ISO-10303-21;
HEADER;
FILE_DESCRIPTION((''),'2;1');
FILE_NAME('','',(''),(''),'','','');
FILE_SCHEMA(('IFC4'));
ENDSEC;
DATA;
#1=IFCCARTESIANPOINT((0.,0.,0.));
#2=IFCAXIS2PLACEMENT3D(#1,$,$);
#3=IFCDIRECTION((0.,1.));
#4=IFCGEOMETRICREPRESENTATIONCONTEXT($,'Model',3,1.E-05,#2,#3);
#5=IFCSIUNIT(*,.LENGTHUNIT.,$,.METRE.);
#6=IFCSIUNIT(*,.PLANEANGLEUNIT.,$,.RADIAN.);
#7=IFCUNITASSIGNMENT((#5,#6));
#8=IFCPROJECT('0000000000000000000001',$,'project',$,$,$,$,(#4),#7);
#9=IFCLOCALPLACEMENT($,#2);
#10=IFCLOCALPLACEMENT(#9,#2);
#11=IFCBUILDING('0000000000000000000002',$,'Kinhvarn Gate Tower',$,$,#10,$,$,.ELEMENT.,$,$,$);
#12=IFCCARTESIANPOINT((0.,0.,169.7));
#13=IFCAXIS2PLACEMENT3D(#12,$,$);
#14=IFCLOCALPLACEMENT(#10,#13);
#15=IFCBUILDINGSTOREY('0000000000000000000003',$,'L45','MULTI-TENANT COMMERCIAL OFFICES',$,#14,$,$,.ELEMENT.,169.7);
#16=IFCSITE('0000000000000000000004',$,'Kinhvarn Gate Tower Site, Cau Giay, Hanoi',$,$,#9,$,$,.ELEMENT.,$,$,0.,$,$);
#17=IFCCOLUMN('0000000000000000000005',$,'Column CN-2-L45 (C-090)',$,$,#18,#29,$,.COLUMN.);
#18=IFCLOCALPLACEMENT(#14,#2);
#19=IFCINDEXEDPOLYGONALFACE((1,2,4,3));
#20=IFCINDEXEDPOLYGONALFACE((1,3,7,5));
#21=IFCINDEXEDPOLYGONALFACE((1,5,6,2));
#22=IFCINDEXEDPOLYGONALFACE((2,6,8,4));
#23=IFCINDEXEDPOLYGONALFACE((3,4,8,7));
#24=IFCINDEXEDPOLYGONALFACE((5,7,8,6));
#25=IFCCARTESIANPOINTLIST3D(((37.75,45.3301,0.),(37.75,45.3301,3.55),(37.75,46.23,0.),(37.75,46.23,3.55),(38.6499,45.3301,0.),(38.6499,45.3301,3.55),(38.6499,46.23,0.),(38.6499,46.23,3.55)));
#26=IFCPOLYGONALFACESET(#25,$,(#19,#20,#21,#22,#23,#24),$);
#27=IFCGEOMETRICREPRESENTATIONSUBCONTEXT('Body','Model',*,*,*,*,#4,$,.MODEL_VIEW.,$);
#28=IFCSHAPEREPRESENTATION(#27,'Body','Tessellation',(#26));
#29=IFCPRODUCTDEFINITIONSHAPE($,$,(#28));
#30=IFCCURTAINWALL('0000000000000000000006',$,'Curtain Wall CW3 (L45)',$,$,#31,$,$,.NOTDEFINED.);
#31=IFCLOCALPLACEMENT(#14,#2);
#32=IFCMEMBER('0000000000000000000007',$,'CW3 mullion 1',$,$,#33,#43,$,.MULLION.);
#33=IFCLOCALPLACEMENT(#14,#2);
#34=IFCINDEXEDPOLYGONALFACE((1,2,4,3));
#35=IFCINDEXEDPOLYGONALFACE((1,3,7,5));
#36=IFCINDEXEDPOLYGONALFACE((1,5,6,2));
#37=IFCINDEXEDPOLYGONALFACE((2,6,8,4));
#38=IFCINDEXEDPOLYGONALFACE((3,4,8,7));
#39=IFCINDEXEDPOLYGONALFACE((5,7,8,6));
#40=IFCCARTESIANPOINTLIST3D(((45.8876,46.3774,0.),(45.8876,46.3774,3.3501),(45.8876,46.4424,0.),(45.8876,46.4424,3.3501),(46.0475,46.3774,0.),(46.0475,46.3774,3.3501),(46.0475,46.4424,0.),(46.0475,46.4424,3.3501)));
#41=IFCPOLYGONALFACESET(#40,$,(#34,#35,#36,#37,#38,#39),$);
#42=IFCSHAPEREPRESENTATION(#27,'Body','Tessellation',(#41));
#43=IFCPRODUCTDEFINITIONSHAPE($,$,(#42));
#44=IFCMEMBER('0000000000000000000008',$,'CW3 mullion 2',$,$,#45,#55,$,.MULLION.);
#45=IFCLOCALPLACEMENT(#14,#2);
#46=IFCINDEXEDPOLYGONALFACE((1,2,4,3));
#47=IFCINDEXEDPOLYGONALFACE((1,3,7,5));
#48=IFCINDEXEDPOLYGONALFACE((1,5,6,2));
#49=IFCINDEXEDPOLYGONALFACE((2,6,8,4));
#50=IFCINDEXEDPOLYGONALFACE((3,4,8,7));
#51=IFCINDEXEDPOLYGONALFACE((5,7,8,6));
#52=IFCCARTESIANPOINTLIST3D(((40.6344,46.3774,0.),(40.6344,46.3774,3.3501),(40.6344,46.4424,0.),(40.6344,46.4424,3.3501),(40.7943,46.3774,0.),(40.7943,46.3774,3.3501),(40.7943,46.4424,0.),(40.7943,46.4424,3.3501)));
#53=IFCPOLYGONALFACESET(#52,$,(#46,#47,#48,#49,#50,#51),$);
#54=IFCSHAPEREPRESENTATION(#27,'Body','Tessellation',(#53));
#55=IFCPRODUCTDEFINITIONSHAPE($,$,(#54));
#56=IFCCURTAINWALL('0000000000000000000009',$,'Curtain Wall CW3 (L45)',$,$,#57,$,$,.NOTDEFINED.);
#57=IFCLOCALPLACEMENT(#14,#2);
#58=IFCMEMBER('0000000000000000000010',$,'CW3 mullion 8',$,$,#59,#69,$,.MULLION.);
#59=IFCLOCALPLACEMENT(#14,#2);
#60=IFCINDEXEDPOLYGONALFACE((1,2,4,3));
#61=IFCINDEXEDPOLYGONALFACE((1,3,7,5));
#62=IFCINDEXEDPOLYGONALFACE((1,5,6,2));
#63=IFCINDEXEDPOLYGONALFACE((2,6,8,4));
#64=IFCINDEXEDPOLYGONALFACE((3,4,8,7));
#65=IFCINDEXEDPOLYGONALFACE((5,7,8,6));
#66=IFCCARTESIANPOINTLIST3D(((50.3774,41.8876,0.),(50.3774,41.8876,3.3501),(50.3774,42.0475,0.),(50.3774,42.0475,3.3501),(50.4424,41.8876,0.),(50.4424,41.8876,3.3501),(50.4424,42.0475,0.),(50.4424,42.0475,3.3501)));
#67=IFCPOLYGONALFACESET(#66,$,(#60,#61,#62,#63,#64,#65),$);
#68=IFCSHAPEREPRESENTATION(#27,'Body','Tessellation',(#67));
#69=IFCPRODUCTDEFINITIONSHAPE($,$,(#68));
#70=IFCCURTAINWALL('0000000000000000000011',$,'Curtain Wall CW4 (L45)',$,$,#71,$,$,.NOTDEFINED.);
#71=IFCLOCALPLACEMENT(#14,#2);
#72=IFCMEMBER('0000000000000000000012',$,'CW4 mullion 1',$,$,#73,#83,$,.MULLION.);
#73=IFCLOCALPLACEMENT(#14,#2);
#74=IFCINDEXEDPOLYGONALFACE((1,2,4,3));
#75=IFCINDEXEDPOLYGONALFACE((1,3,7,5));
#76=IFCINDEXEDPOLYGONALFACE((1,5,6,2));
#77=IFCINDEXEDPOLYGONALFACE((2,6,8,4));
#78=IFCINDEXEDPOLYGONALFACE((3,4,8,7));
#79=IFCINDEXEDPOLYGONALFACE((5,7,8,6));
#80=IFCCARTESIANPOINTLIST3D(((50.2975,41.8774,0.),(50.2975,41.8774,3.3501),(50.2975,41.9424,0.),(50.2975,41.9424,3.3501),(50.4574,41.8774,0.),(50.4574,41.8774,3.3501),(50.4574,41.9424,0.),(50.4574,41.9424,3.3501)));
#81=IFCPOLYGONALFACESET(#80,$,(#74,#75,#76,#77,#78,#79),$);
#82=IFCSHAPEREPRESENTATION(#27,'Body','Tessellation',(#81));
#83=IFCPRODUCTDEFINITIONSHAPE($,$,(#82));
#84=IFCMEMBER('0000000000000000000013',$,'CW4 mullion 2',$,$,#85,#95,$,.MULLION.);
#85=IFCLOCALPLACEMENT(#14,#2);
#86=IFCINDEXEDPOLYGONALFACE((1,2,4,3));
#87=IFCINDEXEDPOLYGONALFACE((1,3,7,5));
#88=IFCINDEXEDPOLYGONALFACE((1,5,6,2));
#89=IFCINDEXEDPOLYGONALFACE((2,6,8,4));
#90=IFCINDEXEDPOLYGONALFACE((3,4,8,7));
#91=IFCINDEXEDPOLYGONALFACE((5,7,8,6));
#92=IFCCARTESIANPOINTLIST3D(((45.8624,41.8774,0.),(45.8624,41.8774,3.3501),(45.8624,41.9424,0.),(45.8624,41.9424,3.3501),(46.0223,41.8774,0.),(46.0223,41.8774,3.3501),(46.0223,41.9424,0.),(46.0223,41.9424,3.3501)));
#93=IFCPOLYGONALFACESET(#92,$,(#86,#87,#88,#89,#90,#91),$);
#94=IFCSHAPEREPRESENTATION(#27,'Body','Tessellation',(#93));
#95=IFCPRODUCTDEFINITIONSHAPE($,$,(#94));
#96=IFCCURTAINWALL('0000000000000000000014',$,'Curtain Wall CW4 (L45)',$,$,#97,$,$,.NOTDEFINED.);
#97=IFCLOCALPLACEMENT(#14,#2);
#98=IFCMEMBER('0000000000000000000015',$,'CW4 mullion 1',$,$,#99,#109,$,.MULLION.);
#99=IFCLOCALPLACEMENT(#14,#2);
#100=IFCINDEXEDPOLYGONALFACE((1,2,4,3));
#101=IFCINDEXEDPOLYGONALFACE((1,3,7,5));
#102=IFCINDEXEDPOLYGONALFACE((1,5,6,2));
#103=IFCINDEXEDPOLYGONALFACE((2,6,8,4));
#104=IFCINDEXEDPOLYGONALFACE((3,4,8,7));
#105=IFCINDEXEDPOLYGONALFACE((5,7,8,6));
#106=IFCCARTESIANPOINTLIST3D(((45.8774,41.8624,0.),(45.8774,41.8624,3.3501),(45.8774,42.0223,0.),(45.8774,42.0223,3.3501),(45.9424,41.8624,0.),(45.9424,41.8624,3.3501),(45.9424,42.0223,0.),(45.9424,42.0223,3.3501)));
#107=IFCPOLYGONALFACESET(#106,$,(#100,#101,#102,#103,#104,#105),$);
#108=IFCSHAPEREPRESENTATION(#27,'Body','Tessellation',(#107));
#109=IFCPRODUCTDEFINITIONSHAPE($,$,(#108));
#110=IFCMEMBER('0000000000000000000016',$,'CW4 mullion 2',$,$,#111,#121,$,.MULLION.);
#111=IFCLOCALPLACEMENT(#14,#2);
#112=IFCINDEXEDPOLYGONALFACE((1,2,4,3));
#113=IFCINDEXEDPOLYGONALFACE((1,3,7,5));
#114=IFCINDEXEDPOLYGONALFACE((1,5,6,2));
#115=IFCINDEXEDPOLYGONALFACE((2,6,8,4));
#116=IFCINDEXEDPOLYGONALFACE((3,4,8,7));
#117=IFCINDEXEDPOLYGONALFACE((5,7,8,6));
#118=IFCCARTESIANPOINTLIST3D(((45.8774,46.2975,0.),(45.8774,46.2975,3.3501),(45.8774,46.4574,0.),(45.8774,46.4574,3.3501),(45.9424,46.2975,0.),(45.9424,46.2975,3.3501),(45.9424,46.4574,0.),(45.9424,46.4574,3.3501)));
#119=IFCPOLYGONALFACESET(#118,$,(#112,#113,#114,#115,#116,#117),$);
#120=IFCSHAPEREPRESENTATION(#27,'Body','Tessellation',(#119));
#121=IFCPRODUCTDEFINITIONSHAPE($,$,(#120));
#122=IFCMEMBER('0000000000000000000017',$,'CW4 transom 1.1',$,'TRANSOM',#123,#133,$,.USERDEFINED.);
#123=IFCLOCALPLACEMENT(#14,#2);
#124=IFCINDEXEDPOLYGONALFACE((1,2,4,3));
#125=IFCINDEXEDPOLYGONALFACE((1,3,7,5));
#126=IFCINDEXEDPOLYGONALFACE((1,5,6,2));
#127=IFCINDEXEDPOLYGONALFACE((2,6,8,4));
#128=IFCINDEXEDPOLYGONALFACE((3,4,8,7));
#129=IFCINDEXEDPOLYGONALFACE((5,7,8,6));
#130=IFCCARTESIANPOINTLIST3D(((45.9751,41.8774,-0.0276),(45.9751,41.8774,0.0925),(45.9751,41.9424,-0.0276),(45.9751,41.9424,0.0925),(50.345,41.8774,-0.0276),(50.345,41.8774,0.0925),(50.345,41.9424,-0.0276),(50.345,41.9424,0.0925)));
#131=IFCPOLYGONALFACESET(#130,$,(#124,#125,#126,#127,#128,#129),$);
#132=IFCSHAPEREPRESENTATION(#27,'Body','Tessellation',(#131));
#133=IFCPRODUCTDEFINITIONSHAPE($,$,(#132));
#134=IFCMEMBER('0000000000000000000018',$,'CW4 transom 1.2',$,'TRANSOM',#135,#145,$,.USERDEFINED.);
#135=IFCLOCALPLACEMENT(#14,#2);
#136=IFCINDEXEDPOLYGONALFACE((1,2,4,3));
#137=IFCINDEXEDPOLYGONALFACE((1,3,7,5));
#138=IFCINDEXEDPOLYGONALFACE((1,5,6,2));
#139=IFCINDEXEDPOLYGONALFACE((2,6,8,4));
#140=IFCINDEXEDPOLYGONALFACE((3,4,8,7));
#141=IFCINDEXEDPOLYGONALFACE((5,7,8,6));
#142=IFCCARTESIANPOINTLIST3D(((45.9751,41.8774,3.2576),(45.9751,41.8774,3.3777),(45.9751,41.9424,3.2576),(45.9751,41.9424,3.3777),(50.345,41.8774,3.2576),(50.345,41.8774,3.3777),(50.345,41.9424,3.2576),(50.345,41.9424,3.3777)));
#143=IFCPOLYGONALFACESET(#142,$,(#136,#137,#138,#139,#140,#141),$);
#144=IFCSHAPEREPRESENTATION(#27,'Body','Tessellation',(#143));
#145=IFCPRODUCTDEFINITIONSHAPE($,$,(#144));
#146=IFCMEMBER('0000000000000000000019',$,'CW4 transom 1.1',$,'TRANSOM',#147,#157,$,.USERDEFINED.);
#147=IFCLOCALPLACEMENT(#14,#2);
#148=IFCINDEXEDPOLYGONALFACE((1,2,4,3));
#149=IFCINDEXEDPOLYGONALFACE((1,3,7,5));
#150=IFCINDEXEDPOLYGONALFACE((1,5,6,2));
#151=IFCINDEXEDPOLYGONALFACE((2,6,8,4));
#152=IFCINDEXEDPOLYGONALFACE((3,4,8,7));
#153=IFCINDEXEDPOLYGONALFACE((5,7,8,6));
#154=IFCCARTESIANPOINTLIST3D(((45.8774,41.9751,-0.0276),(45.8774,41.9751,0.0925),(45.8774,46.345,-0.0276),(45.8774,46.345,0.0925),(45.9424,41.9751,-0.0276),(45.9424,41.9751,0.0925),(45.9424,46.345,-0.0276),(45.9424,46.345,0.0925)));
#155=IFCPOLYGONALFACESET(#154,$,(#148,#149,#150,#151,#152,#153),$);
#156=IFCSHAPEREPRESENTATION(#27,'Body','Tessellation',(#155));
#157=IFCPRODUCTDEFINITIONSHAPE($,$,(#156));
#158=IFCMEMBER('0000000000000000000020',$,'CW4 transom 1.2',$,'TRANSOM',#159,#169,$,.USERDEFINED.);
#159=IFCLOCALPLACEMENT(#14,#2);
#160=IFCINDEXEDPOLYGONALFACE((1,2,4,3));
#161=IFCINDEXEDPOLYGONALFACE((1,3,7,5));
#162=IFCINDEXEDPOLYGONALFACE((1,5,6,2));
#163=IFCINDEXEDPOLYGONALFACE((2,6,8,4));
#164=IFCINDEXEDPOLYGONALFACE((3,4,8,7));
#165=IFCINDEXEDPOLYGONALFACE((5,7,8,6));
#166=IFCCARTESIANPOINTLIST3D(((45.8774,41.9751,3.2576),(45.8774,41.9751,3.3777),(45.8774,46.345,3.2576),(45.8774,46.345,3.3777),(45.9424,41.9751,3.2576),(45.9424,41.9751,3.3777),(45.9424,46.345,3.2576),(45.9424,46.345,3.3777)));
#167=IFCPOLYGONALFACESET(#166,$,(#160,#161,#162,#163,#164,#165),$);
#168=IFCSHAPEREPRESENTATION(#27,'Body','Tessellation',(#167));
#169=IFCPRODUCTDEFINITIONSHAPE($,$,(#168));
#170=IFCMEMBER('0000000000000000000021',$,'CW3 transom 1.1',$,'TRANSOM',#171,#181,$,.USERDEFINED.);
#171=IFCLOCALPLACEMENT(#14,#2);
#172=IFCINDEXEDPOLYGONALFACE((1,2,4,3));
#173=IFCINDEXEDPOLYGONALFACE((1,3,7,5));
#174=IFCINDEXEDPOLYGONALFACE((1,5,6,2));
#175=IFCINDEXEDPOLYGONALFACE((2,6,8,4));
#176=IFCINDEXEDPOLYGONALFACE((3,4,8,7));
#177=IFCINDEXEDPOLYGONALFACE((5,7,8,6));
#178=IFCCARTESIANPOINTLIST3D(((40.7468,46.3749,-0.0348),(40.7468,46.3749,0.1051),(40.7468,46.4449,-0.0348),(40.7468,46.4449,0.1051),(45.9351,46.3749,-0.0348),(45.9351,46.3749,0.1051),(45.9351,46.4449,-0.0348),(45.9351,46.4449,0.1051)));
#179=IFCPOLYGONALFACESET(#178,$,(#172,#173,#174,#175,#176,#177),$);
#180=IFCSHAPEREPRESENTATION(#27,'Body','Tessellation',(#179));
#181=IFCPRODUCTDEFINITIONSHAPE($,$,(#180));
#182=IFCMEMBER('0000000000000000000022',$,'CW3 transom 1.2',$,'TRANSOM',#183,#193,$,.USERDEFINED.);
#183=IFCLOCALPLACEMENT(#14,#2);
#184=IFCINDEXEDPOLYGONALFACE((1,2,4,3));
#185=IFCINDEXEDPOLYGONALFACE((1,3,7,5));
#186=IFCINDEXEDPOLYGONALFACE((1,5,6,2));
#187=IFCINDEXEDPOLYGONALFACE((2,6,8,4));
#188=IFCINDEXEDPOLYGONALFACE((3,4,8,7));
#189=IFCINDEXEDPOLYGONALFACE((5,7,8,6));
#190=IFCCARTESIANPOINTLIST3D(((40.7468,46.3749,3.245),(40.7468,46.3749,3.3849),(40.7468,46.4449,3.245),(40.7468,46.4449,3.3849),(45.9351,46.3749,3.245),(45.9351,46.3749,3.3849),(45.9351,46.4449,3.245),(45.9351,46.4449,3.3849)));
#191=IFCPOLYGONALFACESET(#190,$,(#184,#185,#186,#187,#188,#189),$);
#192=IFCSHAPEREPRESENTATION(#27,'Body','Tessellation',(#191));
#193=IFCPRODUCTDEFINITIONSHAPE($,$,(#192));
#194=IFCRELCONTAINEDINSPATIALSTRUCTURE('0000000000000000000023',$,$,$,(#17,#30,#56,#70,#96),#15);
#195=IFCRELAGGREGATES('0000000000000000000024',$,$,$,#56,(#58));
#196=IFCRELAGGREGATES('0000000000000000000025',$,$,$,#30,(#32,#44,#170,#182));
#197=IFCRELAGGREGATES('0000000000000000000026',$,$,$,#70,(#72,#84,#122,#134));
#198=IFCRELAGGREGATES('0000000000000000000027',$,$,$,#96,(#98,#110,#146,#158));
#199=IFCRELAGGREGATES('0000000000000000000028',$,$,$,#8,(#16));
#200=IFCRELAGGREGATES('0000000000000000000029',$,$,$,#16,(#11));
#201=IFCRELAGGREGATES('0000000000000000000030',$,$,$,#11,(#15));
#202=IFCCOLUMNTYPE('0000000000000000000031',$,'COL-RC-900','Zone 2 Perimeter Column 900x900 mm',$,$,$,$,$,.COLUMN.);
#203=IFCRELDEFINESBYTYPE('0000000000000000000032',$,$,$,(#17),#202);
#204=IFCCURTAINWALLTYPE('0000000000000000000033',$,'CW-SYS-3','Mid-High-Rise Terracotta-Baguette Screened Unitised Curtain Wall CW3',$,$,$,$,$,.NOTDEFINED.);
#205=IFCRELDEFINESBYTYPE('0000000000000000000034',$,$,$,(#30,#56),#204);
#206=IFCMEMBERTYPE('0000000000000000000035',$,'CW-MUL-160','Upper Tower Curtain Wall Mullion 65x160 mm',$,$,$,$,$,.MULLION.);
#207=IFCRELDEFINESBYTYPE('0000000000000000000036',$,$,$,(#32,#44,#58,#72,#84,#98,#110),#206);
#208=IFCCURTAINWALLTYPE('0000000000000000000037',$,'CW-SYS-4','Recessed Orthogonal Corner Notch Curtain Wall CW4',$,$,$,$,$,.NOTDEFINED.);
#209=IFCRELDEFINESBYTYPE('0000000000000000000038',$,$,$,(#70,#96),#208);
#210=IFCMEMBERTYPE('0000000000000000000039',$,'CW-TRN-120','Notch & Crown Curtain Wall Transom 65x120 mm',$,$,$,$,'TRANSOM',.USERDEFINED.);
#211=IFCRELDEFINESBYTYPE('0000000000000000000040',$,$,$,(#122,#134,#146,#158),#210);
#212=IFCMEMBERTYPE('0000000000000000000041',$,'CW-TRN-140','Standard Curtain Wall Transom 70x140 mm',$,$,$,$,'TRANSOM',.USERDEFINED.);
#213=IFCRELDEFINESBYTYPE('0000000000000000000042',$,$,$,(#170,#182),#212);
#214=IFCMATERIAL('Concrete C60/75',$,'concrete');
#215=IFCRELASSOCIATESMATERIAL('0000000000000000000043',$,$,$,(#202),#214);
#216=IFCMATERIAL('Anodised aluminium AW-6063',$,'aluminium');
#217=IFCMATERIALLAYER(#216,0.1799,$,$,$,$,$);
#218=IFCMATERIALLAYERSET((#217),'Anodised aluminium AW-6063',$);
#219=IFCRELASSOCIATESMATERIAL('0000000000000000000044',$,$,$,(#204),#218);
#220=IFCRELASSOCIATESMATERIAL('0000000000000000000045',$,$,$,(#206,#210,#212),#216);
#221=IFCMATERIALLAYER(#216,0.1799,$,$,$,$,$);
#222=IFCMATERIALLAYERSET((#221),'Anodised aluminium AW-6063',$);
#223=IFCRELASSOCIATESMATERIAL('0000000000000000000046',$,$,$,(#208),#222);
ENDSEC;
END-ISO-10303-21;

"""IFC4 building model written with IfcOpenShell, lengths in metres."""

from ifc_helpers import new_model, si_unit, direction, frame, origin, origin_2d, place, context, subcontext, project, spatial, rectangle, extrude, material, layer, layer_set, material_profile, profile_set, type_object, element, aggregate, save


model = new_model("IFC4")

# Units and contexts
model_context = context("Model", 3, precision=1e-05, world=origin(), true_north=direction((0.0, 1.0)))
body_context = subcontext(model_context, "Body", "Model", "MODEL_VIEW")
ifc_project = project(units=[si_unit("LENGTHUNIT", "METRE"), si_unit("PLANEANGLEUNIT", "RADIAN")], contexts=[model_context])

# Site, building, storey
site_placement = place(None, origin())
site = spatial("IfcSite", under=ifc_project, at=site_placement, Name="Kinhvarn Gate Tower Site, Cau Giay, Hanoi", CompositionType="ELEMENT", RefElevation=0.0)
building_placement = place(site_placement, origin())
building = spatial("IfcBuilding", under=site, at=building_placement, Name="Kinhvarn Gate Tower", CompositionType="ELEMENT")
storey_placement = place(building_placement, frame((0.0, 0.0, 169.7)))
storey = spatial("IfcBuildingStorey", under=building, at=storey_placement, Name="L45", Description="MULTI-TENANT COMMERCIAL OFFICES", CompositionType="ELEMENT", Elevation=169.7)

# Column
ifc_material_1 = material(Name="Concrete C60/75", Category="concrete")
ifc_material_profile_1 = material_profile(ifc_material_1, rectangle(XDim=0.8999, YDim=0.8999, at=origin_2d()), Name="RC 900x900")
ifc_profile_set_1 = profile_set([ifc_material_profile_1], Name="Concrete C60/75")
column_type = type_object("IfcColumnType", Name="COL-RC-900", Description="Zone 2 Perimeter Column 900x900 mm", PredefinedType="COLUMN", material=ifc_profile_set_1)
column_placement = place(storey_placement, frame((38.2, 45.78, 0.0), z_axis=(0.0, 0.0, 1.0), x_axis=(1.0, 0.0, 0.0)))
element("IfcColumn", 1, at=column_placement, inside=storey, type_object=column_type, Name="Column CN-2-L45 (C-090)", PredefinedType="COLUMN", context=body_context, shape_type="SweptSolid", body=[
    extrude(rectangle(XDim=0.8999, YDim=0.8999, at=origin_2d()), origin(), (0.0, 0.0, 1.0), 3.55),
])

# Curtain wall, members
ifc_material_2 = material(Name="Anodised aluminium AW-6063", Category="aluminium")
ifc_layer_1 = layer(ifc_material_2, 0.1799)
ifc_layer_set_1 = layer_set([ifc_layer_1], Name="Anodised aluminium AW-6063")
curtain_wall_type_1 = type_object("IfcCurtainWallType", Name="CW-SYS-3", Description="Mid-High-Rise Terracotta-Baguette Screened Unitised Curtain Wall CW3", PredefinedType="NOTDEFINED", material=ifc_layer_set_1)
curtain_wall_1_placement = place(storey_placement, origin())
curtain_wall_1 = element("IfcCurtainWall", 2, at=curtain_wall_1_placement, inside=storey, type_object=curtain_wall_type_1, Name="Curtain Wall CW3 (L45)", PredefinedType="NOTDEFINED")
ifc_material_profile_2 = material_profile(ifc_material_2, rectangle(XDim=0.0649, YDim=0.1599, at=origin_2d()), Name="ALU 65x160")
ifc_profile_set_2 = profile_set([ifc_material_profile_2], Name="Anodised aluminium AW-6063")
member_type_1 = type_object("IfcMemberType", Name="CW-MUL-160", Description="Upper Tower Curtain Wall Mullion 65x160 mm", PredefinedType="MULLION", material=ifc_profile_set_2)
member_1_placement = place(storey_placement, frame((45.9675, 46.4099, 0.0), z_axis=(0.0, 0.0, 1.0), x_axis=(0.0, -1.0, 0.0)))
member_1 = element("IfcMember", 3, at=member_1_placement, type_object=member_type_1, Name="CW3 mullion 1", PredefinedType="MULLION", context=body_context, shape_type="SweptSolid", body=[
    extrude(rectangle(XDim=0.0649, YDim=0.1599, at=origin_2d()), origin(), (0.0, 0.0, 1.0), 3.3501),
])
member_2_placement = place(storey_placement, frame((40.7144, 46.4099, 0.0), z_axis=(0.0, 0.0, 1.0), x_axis=(0.0, -1.0, 0.0)))
member_2 = element("IfcMember", 4, at=member_2_placement, type_object=member_type_1, Name="CW3 mullion 2", PredefinedType="MULLION", context=body_context, shape_type="SweptSolid", body=[
    extrude(rectangle(XDim=0.0649, YDim=0.1599, at=origin_2d()), origin(), (0.0, 0.0, 1.0), 3.3501),
])

# Curtain wall, member
curtain_wall_2_placement = place(storey_placement, origin())
curtain_wall_2 = element("IfcCurtainWall", 5, at=curtain_wall_2_placement, inside=storey, type_object=curtain_wall_type_1, Name="Curtain Wall CW3 (L45)", PredefinedType="NOTDEFINED")
member_3_placement = place(storey_placement, frame((50.4099, 41.9675, 0.0), z_axis=(0.0, 0.0, 1.0), x_axis=(-1.0, 0.0, 0.0)))
member_3 = element("IfcMember", 6, at=member_3_placement, type_object=member_type_1, Name="CW3 mullion 8", PredefinedType="MULLION", context=body_context, shape_type="SweptSolid", body=[
    extrude(rectangle(XDim=0.0649, YDim=0.1599, at=origin_2d()), origin(), (0.0, 0.0, 1.0), 3.3501),
])
aggregate(curtain_wall_2, [member_3])

# Curtain walls, members
ifc_layer_2 = layer(ifc_material_2, 0.1799)
ifc_layer_set_2 = layer_set([ifc_layer_2], Name="Anodised aluminium AW-6063")
curtain_wall_type_2 = type_object("IfcCurtainWallType", Name="CW-SYS-4", Description="Recessed Orthogonal Corner Notch Curtain Wall CW4", PredefinedType="NOTDEFINED", material=ifc_layer_set_2)
curtain_wall_3_placement = place(storey_placement, origin())
curtain_wall_3 = element("IfcCurtainWall", 7, at=curtain_wall_3_placement, inside=storey, type_object=curtain_wall_type_2, Name="Curtain Wall CW4 (L45)", PredefinedType="NOTDEFINED")
member_4_placement = place(storey_placement, frame((50.3774, 41.9099, 0.0), z_axis=(0.0, 0.0, 1.0), x_axis=(0.0, -1.0, 0.0)))
member_4 = element("IfcMember", 8, at=member_4_placement, type_object=member_type_1, Name="CW4 mullion 1", PredefinedType="MULLION", context=body_context, shape_type="SweptSolid", body=[
    extrude(rectangle(XDim=0.0649, YDim=0.1599, at=origin_2d()), origin(), (0.0, 0.0, 1.0), 3.3501),
])
member_5_placement = place(storey_placement, frame((45.9424, 41.9099, 0.0), z_axis=(0.0, 0.0, 1.0), x_axis=(0.0, -1.0, 0.0)))
member_5 = element("IfcMember", 9, at=member_5_placement, type_object=member_type_1, Name="CW4 mullion 2", PredefinedType="MULLION", context=body_context, shape_type="SweptSolid", body=[
    extrude(rectangle(XDim=0.0649, YDim=0.1599, at=origin_2d()), origin(), (0.0, 0.0, 1.0), 3.3501),
])
curtain_wall_4_placement = place(storey_placement, origin())
curtain_wall_4 = element("IfcCurtainWall", 10, at=curtain_wall_4_placement, inside=storey, type_object=curtain_wall_type_2, Name="Curtain Wall CW4 (L45)", PredefinedType="NOTDEFINED")
member_6_placement = place(storey_placement, frame((45.9099, 41.9424, 0.0), z_axis=(0.0, 0.0, 1.0), x_axis=(-1.0, 0.0, 0.0)))
member_6 = element("IfcMember", 11, at=member_6_placement, type_object=member_type_1, Name="CW4 mullion 1", PredefinedType="MULLION", context=body_context, shape_type="SweptSolid", body=[
    extrude(rectangle(XDim=0.0649, YDim=0.1599, at=origin_2d()), origin(), (0.0, 0.0, 1.0), 3.3501),
])
member_7_placement = place(storey_placement, frame((45.9099, 46.3774, 0.0), z_axis=(0.0, 0.0, 1.0), x_axis=(-1.0, 0.0, 0.0)))
member_7 = element("IfcMember", 12, at=member_7_placement, type_object=member_type_1, Name="CW4 mullion 2", PredefinedType="MULLION", context=body_context, shape_type="SweptSolid", body=[
    extrude(rectangle(XDim=0.0649, YDim=0.1599, at=origin_2d()), origin(), (0.0, 0.0, 1.0), 3.3501),
])

# Members
ifc_material_profile_3 = material_profile(ifc_material_2, rectangle(XDim=0.0649, YDim=0.1201, at=origin_2d()), Name="ALU 65x120")
ifc_profile_set_3 = profile_set([ifc_material_profile_3], Name="Anodised aluminium AW-6063")
member_type_2 = type_object("IfcMemberType", Name="CW-TRN-120", Description="Notch & Crown Curtain Wall Transom 65x120 mm", ElementType="TRANSOM", PredefinedType="USERDEFINED", material=ifc_profile_set_3)
member_8_placement = place(storey_placement, frame((50.345, 41.9099, 0.0325), z_axis=(-1.0, 0.0, 0.0), x_axis=(0.0, -1.0, 0.0)))
member_8 = element("IfcMember", 13, at=member_8_placement, type_object=member_type_2, Name="CW4 transom 1.1", ObjectType="TRANSOM", PredefinedType="USERDEFINED", context=body_context, shape_type="SweptSolid", body=[
    extrude(rectangle(XDim=0.0649, YDim=0.1201, at=origin_2d()), origin(), (0.0, 0.0, 1.0), 4.3699),
])
member_9_placement = place(storey_placement, frame((50.345, 41.9099, 3.3176), z_axis=(-1.0, 0.0, 0.0), x_axis=(0.0, -1.0, 0.0)))
member_9 = element("IfcMember", 14, at=member_9_placement, type_object=member_type_2, Name="CW4 transom 1.2", ObjectType="TRANSOM", PredefinedType="USERDEFINED", context=body_context, shape_type="SweptSolid", body=[
    extrude(rectangle(XDim=0.0649, YDim=0.1201, at=origin_2d()), origin(), (0.0, 0.0, 1.0), 4.3699),
])
member_10_placement = place(storey_placement, frame((45.9099, 41.9751, 0.0325), z_axis=(0.0, 1.0, 0.0), x_axis=(-1.0, 0.0, 0.0)))
member_10 = element("IfcMember", 15, at=member_10_placement, type_object=member_type_2, Name="CW4 transom 1.1", ObjectType="TRANSOM", PredefinedType="USERDEFINED", context=body_context, shape_type="SweptSolid", body=[
    extrude(rectangle(XDim=0.0649, YDim=0.1201, at=origin_2d()), origin(), (0.0, 0.0, 1.0), 4.3699),
])
member_11_placement = place(storey_placement, frame((45.9099, 41.9751, 3.3176), z_axis=(0.0, 1.0, 0.0), x_axis=(-1.0, 0.0, 0.0)))
member_11 = element("IfcMember", 16, at=member_11_placement, type_object=member_type_2, Name="CW4 transom 1.2", ObjectType="TRANSOM", PredefinedType="USERDEFINED", context=body_context, shape_type="SweptSolid", body=[
    extrude(rectangle(XDim=0.0649, YDim=0.1201, at=origin_2d()), origin(), (0.0, 0.0, 1.0), 4.3699),
])
ifc_material_profile_4 = material_profile(ifc_material_2, rectangle(XDim=0.0701, YDim=0.1399, at=origin_2d()), Name="ALU 70x140")
ifc_profile_set_4 = profile_set([ifc_material_profile_4], Name="Anodised aluminium AW-6063")
member_type_3 = type_object("IfcMemberType", Name="CW-TRN-140", Description="Standard Curtain Wall Transom 70x140 mm", ElementType="TRANSOM", PredefinedType="USERDEFINED", material=ifc_profile_set_4)
member_12_placement = place(storey_placement, frame((45.9351, 46.4099, 0.0352), z_axis=(-1.0, 0.0, 0.0), x_axis=(0.0, -1.0, 0.0)))
member_12 = element("IfcMember", 17, at=member_12_placement, type_object=member_type_3, Name="CW3 transom 1.1", ObjectType="TRANSOM", PredefinedType="USERDEFINED", context=body_context, shape_type="SweptSolid", body=[
    extrude(rectangle(XDim=0.0701, YDim=0.1399, at=origin_2d()), origin(), (0.0, 0.0, 1.0), 5.1882),
])
member_13_placement = place(storey_placement, frame((45.9351, 46.4099, 3.3149), z_axis=(-1.0, 0.0, 0.0), x_axis=(0.0, -1.0, 0.0)))
member_13 = element("IfcMember", 18, at=member_13_placement, type_object=member_type_3, Name="CW3 transom 1.2", ObjectType="TRANSOM", PredefinedType="USERDEFINED", context=body_context, shape_type="SweptSolid", body=[
    extrude(rectangle(XDim=0.0701, YDim=0.1399, at=origin_2d()), origin(), (0.0, 0.0, 1.0), 5.1882),
])

aggregate(curtain_wall_1, [member_1, member_2, member_12, member_13])
aggregate(curtain_wall_3, [member_4, member_5, member_8, member_9])
aggregate(curtain_wall_4, [member_6, member_7, member_10, member_11])

save(model, "model.ifc")
